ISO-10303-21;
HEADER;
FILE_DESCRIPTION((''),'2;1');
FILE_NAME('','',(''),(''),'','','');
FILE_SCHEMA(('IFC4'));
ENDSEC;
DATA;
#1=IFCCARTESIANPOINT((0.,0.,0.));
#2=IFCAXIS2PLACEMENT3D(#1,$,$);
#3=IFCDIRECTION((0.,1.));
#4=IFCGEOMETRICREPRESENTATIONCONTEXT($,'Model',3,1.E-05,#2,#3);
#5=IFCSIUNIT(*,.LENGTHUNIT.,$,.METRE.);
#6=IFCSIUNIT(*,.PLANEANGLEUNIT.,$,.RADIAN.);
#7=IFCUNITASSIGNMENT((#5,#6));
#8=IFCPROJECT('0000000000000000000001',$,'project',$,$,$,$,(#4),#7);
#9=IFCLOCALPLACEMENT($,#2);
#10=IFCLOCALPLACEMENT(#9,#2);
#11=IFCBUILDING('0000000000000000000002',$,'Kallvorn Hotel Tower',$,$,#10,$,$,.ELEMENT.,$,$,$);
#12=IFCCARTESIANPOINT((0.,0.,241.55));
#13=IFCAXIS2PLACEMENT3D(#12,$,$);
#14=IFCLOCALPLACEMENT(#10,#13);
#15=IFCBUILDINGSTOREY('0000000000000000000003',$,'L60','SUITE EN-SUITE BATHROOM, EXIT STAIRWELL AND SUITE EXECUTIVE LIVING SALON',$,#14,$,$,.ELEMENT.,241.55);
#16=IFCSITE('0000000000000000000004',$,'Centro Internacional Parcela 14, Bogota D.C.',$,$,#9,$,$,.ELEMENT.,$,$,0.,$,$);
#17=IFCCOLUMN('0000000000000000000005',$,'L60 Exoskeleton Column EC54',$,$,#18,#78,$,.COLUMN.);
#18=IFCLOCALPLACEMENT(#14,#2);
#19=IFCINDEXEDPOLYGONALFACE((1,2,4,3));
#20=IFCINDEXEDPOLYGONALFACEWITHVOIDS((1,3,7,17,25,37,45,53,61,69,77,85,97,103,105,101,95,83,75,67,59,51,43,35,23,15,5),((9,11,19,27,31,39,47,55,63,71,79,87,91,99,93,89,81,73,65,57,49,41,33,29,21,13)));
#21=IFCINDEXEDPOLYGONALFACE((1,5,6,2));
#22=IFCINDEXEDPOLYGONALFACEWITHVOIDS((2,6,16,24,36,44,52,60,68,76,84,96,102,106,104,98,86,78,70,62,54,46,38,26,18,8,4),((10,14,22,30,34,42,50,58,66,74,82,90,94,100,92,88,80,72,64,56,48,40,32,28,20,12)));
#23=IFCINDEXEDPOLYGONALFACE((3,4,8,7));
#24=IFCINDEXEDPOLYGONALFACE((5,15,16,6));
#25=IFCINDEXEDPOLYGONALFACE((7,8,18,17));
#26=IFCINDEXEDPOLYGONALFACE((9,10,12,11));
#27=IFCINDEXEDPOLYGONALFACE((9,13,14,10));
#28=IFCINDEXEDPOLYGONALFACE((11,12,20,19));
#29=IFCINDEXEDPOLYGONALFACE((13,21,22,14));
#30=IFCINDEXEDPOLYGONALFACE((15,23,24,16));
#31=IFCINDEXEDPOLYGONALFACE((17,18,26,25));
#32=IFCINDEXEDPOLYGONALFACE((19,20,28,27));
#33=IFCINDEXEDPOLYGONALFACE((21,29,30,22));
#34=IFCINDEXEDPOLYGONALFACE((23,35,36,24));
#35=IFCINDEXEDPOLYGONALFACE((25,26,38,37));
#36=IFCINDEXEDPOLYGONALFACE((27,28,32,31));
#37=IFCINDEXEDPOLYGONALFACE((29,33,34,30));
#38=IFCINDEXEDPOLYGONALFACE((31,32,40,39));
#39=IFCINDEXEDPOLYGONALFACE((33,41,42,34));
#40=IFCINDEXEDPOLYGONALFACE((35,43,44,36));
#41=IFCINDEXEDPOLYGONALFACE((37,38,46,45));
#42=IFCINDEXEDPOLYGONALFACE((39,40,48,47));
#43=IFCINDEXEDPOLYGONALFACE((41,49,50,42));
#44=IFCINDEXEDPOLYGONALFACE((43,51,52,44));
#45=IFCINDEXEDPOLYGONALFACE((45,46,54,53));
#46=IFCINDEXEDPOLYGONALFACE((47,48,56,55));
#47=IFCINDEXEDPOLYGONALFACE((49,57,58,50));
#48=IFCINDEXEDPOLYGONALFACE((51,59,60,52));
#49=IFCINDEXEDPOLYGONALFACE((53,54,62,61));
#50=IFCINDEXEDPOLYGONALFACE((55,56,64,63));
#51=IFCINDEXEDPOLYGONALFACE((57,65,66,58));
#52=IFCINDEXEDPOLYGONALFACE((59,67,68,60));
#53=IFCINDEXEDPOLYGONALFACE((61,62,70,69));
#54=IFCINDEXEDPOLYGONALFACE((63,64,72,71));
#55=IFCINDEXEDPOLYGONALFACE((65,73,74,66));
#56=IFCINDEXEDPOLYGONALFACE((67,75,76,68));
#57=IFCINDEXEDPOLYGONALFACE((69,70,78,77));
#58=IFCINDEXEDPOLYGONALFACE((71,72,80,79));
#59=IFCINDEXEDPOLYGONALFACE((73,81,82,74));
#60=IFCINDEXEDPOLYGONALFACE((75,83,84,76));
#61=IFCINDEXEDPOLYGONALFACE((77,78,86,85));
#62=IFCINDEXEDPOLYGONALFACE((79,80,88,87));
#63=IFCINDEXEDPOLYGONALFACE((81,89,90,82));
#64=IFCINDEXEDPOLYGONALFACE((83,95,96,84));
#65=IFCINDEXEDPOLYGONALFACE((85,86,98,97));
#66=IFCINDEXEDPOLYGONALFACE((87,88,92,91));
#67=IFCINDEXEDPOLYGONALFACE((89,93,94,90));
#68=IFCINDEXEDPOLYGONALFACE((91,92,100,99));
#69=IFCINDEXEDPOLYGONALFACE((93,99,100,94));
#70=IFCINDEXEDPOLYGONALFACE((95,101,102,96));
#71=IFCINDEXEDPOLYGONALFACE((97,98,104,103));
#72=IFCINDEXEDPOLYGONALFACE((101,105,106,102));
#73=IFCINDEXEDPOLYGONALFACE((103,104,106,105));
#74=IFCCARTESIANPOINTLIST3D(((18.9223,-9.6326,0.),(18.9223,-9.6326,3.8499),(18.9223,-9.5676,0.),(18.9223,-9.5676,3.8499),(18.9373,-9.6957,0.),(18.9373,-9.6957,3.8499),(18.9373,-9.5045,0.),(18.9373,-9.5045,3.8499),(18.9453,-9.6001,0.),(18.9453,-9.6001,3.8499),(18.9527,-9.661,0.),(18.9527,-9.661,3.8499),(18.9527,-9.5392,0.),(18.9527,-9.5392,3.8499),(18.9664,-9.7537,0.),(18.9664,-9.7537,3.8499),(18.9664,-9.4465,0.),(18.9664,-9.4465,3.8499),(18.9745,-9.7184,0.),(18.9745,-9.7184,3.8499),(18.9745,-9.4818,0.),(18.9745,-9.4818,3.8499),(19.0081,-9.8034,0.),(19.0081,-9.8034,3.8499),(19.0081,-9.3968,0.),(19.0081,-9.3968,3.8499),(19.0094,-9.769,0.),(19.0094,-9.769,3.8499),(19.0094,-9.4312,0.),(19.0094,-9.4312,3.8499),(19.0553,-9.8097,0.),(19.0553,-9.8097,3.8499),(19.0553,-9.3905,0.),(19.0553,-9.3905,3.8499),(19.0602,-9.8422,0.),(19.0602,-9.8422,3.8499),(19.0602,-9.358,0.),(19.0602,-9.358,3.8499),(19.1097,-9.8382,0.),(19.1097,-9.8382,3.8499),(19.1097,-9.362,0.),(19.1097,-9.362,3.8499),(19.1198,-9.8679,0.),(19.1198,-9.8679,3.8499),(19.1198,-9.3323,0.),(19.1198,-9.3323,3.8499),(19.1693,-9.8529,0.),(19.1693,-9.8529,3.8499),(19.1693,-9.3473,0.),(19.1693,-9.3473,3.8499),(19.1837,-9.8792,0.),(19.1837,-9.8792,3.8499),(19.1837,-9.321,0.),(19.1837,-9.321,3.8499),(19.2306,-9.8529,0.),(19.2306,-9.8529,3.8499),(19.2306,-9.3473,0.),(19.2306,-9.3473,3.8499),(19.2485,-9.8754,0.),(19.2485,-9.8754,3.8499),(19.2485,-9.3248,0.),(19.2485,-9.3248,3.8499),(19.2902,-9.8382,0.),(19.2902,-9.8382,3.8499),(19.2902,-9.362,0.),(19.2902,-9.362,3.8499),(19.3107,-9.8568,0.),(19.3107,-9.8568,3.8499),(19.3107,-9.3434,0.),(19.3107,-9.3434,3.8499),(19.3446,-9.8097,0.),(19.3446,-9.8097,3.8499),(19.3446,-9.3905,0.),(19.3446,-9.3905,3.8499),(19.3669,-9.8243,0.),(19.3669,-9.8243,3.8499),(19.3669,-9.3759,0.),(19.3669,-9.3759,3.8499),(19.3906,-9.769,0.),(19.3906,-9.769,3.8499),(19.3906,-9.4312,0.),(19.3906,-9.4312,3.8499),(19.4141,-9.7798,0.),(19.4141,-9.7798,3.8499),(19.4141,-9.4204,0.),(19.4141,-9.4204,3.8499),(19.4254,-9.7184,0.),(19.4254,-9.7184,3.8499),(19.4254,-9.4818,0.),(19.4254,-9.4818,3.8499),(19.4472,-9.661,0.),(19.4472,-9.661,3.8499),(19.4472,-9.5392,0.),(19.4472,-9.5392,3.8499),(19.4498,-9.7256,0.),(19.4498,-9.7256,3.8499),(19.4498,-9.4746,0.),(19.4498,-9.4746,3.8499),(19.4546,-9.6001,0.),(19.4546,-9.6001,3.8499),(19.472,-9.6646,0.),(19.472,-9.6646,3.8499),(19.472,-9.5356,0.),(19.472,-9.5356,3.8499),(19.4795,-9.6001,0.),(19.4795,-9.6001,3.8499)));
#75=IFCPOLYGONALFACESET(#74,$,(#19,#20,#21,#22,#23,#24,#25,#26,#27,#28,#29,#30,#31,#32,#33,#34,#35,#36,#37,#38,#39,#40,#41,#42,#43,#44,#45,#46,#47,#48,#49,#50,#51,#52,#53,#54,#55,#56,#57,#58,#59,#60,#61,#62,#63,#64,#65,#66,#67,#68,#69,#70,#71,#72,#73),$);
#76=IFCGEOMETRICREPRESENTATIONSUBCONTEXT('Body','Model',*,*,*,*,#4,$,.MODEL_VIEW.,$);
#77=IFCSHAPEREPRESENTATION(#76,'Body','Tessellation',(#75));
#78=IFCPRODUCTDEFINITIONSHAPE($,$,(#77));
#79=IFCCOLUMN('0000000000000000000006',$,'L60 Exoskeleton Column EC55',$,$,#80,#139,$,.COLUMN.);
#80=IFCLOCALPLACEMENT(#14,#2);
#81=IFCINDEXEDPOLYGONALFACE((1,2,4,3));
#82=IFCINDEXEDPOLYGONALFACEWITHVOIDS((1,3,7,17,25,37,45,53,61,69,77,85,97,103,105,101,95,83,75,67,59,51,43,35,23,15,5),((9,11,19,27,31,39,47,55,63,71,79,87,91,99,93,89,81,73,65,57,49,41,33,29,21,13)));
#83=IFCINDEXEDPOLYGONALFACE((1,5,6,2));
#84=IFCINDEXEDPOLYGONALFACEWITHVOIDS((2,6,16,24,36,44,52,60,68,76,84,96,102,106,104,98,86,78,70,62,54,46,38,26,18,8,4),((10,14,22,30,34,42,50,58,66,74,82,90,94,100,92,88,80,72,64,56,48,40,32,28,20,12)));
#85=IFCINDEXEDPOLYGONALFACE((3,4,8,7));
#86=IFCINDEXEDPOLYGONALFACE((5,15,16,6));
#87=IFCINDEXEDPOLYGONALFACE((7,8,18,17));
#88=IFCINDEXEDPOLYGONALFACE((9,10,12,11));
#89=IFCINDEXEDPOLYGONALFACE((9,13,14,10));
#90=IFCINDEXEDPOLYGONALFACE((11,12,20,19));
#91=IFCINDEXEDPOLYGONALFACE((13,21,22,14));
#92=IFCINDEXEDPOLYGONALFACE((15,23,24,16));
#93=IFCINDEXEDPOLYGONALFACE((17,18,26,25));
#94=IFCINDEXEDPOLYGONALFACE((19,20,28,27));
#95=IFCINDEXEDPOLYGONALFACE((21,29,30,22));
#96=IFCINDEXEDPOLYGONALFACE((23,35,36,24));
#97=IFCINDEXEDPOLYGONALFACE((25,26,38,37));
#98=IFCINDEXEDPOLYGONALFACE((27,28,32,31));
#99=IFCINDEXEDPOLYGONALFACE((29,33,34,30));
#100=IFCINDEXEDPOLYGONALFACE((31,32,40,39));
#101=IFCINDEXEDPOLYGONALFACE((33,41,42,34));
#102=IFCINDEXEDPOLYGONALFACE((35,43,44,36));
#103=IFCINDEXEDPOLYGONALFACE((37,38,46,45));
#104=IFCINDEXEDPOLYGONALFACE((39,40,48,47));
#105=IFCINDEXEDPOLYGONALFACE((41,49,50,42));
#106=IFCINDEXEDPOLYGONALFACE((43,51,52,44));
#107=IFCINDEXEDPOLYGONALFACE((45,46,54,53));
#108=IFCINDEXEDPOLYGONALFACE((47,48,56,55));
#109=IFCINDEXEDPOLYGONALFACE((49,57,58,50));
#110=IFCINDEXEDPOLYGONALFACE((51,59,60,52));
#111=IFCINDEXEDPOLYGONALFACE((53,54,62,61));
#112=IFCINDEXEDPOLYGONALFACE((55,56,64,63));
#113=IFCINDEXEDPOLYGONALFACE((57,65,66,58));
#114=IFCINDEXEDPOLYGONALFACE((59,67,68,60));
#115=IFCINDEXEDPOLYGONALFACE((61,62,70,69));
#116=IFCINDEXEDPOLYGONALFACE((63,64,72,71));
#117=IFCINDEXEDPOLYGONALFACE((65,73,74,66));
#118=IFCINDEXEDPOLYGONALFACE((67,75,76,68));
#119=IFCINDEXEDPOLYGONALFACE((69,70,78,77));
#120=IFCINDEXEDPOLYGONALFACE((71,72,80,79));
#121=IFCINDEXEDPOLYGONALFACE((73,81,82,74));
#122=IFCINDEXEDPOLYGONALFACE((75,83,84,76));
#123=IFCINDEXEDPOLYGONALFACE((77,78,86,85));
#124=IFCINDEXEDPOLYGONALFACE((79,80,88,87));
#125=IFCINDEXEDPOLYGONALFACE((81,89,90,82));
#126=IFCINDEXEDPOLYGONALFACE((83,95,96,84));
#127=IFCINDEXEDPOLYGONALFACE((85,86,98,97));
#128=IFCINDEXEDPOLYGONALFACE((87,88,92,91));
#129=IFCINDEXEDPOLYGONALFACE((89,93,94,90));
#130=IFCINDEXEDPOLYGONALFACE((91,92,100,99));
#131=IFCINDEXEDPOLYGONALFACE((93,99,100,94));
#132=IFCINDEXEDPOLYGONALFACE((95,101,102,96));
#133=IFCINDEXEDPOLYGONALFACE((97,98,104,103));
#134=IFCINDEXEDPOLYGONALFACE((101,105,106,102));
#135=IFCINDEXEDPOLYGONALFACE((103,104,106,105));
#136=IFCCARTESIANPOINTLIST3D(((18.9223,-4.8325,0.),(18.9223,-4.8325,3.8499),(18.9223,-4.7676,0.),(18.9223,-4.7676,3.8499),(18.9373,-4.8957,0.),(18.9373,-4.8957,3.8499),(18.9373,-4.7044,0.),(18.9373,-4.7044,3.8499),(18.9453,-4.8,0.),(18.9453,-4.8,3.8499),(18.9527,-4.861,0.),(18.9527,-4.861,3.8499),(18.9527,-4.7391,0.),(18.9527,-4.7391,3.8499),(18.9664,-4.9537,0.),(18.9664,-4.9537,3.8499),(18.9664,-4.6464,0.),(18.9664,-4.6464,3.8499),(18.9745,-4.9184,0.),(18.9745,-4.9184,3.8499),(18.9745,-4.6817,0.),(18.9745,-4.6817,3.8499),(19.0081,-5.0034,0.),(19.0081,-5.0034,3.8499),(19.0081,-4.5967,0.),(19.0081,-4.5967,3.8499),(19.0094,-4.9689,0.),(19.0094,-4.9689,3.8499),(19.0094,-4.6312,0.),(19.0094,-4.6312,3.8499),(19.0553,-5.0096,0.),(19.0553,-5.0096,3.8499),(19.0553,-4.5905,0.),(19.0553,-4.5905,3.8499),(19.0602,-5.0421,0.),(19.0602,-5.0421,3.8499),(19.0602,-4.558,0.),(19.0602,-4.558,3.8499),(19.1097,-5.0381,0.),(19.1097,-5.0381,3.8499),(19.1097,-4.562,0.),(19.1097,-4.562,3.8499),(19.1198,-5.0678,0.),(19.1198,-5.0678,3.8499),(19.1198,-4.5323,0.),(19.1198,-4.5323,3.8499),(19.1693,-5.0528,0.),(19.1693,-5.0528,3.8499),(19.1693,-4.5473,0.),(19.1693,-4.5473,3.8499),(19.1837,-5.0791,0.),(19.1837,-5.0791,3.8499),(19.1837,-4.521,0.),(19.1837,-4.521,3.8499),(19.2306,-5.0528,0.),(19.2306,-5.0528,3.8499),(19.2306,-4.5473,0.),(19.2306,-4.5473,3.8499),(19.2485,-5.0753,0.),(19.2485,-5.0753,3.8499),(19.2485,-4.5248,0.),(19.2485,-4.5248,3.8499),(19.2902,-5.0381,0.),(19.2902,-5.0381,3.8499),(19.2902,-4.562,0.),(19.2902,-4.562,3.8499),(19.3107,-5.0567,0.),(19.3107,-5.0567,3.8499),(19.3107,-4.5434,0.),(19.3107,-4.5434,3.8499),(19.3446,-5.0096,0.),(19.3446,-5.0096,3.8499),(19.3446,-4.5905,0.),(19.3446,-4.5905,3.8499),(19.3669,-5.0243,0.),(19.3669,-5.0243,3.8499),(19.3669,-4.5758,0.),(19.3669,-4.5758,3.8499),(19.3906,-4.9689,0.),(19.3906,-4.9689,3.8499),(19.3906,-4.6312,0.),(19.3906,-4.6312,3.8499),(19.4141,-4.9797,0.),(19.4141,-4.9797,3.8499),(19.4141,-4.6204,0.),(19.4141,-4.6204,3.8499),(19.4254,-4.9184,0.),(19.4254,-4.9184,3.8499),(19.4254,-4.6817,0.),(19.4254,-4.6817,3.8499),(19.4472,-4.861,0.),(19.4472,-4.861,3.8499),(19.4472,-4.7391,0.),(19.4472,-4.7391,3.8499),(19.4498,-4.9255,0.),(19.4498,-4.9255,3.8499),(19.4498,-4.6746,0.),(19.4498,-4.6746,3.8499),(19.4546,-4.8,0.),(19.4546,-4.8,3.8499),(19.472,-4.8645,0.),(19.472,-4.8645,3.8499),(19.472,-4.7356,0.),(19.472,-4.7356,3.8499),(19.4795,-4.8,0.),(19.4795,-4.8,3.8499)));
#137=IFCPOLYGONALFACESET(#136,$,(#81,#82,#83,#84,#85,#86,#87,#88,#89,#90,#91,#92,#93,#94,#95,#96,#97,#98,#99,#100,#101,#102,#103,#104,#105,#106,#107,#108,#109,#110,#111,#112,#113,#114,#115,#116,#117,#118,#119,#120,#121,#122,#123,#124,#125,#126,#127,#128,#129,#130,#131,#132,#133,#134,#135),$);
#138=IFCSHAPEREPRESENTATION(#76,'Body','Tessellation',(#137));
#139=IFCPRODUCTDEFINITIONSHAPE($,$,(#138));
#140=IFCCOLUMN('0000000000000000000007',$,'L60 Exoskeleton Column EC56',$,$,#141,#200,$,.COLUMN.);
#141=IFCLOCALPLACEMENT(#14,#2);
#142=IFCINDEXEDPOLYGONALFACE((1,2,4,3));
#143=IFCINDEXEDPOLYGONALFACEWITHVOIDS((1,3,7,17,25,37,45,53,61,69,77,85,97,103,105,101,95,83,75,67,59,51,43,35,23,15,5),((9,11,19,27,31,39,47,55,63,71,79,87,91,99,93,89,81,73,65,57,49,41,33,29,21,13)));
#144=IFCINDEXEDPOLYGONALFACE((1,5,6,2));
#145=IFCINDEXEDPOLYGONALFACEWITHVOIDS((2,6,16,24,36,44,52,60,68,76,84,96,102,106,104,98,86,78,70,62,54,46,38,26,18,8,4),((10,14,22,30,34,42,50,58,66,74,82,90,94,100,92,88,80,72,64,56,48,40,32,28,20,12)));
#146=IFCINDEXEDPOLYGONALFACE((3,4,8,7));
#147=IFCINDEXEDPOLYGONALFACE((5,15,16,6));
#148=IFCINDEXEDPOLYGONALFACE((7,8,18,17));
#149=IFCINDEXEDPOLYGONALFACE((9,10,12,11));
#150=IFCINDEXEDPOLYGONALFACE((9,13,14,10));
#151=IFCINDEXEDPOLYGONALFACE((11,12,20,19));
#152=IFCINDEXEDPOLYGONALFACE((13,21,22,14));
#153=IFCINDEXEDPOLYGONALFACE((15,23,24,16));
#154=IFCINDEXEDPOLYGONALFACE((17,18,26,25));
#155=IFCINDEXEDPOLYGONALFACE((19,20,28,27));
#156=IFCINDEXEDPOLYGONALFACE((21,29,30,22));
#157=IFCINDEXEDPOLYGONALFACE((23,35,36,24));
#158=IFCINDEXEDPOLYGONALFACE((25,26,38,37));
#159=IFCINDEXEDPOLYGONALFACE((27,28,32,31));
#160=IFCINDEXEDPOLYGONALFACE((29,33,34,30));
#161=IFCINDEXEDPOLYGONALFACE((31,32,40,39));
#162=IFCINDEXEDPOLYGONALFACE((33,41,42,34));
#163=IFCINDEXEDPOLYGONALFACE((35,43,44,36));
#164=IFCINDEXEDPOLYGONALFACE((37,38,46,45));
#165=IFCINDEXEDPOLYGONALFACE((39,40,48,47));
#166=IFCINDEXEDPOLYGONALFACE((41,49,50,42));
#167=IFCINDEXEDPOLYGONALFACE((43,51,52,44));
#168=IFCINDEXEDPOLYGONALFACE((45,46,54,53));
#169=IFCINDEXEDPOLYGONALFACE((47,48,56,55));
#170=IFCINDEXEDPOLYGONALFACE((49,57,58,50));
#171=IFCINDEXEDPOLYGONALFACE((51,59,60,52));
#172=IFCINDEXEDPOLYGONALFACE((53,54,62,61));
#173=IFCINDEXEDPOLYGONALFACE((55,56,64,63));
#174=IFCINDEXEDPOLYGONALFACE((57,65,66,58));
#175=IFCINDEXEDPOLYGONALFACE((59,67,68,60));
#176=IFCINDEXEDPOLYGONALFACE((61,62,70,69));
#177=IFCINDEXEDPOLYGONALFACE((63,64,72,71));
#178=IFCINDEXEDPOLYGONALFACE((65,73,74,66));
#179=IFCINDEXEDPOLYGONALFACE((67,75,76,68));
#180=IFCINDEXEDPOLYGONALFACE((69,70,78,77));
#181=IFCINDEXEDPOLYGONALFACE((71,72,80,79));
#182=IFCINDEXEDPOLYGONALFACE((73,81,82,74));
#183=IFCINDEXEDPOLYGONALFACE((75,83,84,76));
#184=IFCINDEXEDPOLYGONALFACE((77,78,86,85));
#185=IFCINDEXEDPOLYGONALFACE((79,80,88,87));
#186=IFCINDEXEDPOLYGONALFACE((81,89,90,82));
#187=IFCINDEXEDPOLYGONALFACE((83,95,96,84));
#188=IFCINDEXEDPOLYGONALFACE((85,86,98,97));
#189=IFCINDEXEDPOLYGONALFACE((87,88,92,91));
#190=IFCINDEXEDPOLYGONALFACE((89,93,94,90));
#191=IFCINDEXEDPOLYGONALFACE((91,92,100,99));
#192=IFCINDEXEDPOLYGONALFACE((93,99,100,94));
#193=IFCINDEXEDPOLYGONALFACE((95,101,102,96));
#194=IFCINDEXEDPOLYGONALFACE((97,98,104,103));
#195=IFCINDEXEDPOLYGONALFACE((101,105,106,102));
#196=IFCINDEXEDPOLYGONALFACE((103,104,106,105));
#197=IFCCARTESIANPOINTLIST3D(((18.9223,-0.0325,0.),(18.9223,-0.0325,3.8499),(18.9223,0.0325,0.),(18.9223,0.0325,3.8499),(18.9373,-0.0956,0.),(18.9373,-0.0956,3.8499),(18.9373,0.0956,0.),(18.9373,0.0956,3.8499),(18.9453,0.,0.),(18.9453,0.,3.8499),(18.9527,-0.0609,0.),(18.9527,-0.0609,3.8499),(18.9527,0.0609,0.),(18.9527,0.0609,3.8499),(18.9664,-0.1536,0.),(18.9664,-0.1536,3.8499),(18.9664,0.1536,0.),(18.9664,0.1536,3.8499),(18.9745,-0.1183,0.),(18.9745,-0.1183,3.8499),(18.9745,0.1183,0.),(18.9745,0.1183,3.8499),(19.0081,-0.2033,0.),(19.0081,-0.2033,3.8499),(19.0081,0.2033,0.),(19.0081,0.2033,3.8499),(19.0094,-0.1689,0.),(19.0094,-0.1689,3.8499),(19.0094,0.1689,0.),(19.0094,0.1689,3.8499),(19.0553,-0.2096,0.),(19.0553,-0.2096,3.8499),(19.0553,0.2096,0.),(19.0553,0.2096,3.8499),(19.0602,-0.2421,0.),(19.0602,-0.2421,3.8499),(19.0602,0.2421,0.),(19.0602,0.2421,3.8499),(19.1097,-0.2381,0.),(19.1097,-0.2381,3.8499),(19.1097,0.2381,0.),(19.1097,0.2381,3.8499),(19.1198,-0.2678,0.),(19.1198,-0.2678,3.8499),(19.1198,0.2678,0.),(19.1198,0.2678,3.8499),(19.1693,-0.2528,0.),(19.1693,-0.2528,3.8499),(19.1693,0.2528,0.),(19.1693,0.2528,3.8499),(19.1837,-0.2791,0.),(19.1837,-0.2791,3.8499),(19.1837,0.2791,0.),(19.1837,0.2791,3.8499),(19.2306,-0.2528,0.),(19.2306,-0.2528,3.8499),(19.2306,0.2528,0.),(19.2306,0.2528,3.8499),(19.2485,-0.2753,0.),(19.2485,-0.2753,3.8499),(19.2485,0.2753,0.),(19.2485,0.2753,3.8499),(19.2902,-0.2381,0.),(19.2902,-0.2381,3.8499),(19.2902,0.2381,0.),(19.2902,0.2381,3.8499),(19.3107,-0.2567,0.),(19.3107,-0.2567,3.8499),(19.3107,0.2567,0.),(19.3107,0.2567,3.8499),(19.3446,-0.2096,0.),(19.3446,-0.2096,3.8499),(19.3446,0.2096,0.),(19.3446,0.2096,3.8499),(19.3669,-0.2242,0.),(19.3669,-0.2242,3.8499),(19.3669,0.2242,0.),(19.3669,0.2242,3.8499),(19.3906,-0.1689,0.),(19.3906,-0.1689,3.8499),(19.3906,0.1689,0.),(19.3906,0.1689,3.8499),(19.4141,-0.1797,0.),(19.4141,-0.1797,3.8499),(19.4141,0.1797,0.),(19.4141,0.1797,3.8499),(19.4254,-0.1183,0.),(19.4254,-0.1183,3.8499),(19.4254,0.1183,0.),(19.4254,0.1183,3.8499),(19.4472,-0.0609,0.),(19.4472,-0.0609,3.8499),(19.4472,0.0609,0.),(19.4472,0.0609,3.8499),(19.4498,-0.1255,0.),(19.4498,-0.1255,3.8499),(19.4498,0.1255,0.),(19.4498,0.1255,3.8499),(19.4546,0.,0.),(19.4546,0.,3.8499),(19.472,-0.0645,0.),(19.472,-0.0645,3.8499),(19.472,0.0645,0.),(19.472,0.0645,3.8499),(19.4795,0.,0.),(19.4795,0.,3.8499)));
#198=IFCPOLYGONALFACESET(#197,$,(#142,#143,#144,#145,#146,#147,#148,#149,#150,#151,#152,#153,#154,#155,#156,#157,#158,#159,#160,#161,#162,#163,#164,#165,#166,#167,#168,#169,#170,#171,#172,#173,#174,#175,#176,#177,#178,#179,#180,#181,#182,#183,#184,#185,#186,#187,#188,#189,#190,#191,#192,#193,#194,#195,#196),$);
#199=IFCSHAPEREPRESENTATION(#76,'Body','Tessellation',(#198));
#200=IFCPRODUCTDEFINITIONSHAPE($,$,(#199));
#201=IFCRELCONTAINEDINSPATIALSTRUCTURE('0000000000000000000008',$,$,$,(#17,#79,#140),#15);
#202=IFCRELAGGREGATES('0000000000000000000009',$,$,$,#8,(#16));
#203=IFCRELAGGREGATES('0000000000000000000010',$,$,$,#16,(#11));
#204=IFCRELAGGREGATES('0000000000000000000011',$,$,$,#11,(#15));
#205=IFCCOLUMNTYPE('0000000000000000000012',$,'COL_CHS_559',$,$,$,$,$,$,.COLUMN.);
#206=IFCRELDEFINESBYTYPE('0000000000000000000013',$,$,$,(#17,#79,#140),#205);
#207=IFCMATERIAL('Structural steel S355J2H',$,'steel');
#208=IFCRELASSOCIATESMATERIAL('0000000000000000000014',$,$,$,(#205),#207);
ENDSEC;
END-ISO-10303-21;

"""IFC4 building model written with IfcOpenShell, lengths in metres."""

from ifc_helpers import new_model, si_unit, direction, frame, origin, origin_2d, place, context, subcontext, project, spatial, hollow_circle, extrude, material, material_profile, profile_set, type_object, element, save


model = new_model("IFC4")

# Units and contexts
model_context = context("Model", 3, precision=1e-05, world=origin(), true_north=direction((0.0, 1.0)))
body_context = subcontext(model_context, "Body", "Model", "MODEL_VIEW")
ifc_project = project(units=[si_unit("LENGTHUNIT", "METRE"), si_unit("PLANEANGLEUNIT", "RADIAN")], contexts=[model_context])

# Site, building, storey
site_placement = place(None, origin())
site = spatial("IfcSite", under=ifc_project, at=site_placement, Name="Centro Internacional Parcela 14, Bogota D.C.", CompositionType="ELEMENT", RefElevation=0.0)
building_placement = place(site_placement, origin())
building = spatial("IfcBuilding", under=site, at=building_placement, Name="Kallvorn Hotel Tower", CompositionType="ELEMENT")
storey_placement = place(building_placement, frame((0.0, 0.0, 241.55)))
storey = spatial("IfcBuildingStorey", under=building, at=storey_placement, Name="L60", Description="SUITE EN-SUITE BATHROOM, EXIT STAIRWELL AND SUITE EXECUTIVE LIVING SALON", CompositionType="ELEMENT", Elevation=241.55)

# Columns
ifc_material_1 = material(Name="Structural steel S355J2H", Category="steel")
ifc_material_profile_1 = material_profile(ifc_material_1, hollow_circle(Radius=0.2795, WallThickness=0.0249, at=origin_2d()), Name="CHS 559x25")
ifc_profile_set_1 = profile_set([ifc_material_profile_1], Name="Structural steel S355J2H")
column_type_1 = type_object("IfcColumnType", Name="COL_CHS_559", PredefinedType="COLUMN", material=ifc_profile_set_1)
for number, where, z_axis, x_axis, name in (
    (1, (19.2, -9.6001, 0.0), (0.0, 0.0, 1.0), (1.0, 0.0, 0.0), "L60 Exoskeleton Column EC54"),
    (2, (19.2, -4.8, 0.0), (0.0, 0.0, 1.0), (1.0, 0.0, 0.0), "L60 Exoskeleton Column EC55"),
    (3, (19.2, 0.0, 0.0), (0.0, 0.0, 1.0), (1.0, 0.0, 0.0), "L60 Exoskeleton Column EC56"),
):
    element("IfcColumn", number, at=place(storey_placement, frame(where, z_axis=z_axis, x_axis=x_axis)), inside=storey, type_object=column_type_1, Name=name, PredefinedType="COLUMN", context=body_context, shape_type="SweptSolid", body=[
        extrude(hollow_circle(Radius=0.2795, WallThickness=0.0249, at=origin_2d()), origin(), (0.0, 0.0, 1.0), 3.8499),
    ])

save(model, "model.ifc")
